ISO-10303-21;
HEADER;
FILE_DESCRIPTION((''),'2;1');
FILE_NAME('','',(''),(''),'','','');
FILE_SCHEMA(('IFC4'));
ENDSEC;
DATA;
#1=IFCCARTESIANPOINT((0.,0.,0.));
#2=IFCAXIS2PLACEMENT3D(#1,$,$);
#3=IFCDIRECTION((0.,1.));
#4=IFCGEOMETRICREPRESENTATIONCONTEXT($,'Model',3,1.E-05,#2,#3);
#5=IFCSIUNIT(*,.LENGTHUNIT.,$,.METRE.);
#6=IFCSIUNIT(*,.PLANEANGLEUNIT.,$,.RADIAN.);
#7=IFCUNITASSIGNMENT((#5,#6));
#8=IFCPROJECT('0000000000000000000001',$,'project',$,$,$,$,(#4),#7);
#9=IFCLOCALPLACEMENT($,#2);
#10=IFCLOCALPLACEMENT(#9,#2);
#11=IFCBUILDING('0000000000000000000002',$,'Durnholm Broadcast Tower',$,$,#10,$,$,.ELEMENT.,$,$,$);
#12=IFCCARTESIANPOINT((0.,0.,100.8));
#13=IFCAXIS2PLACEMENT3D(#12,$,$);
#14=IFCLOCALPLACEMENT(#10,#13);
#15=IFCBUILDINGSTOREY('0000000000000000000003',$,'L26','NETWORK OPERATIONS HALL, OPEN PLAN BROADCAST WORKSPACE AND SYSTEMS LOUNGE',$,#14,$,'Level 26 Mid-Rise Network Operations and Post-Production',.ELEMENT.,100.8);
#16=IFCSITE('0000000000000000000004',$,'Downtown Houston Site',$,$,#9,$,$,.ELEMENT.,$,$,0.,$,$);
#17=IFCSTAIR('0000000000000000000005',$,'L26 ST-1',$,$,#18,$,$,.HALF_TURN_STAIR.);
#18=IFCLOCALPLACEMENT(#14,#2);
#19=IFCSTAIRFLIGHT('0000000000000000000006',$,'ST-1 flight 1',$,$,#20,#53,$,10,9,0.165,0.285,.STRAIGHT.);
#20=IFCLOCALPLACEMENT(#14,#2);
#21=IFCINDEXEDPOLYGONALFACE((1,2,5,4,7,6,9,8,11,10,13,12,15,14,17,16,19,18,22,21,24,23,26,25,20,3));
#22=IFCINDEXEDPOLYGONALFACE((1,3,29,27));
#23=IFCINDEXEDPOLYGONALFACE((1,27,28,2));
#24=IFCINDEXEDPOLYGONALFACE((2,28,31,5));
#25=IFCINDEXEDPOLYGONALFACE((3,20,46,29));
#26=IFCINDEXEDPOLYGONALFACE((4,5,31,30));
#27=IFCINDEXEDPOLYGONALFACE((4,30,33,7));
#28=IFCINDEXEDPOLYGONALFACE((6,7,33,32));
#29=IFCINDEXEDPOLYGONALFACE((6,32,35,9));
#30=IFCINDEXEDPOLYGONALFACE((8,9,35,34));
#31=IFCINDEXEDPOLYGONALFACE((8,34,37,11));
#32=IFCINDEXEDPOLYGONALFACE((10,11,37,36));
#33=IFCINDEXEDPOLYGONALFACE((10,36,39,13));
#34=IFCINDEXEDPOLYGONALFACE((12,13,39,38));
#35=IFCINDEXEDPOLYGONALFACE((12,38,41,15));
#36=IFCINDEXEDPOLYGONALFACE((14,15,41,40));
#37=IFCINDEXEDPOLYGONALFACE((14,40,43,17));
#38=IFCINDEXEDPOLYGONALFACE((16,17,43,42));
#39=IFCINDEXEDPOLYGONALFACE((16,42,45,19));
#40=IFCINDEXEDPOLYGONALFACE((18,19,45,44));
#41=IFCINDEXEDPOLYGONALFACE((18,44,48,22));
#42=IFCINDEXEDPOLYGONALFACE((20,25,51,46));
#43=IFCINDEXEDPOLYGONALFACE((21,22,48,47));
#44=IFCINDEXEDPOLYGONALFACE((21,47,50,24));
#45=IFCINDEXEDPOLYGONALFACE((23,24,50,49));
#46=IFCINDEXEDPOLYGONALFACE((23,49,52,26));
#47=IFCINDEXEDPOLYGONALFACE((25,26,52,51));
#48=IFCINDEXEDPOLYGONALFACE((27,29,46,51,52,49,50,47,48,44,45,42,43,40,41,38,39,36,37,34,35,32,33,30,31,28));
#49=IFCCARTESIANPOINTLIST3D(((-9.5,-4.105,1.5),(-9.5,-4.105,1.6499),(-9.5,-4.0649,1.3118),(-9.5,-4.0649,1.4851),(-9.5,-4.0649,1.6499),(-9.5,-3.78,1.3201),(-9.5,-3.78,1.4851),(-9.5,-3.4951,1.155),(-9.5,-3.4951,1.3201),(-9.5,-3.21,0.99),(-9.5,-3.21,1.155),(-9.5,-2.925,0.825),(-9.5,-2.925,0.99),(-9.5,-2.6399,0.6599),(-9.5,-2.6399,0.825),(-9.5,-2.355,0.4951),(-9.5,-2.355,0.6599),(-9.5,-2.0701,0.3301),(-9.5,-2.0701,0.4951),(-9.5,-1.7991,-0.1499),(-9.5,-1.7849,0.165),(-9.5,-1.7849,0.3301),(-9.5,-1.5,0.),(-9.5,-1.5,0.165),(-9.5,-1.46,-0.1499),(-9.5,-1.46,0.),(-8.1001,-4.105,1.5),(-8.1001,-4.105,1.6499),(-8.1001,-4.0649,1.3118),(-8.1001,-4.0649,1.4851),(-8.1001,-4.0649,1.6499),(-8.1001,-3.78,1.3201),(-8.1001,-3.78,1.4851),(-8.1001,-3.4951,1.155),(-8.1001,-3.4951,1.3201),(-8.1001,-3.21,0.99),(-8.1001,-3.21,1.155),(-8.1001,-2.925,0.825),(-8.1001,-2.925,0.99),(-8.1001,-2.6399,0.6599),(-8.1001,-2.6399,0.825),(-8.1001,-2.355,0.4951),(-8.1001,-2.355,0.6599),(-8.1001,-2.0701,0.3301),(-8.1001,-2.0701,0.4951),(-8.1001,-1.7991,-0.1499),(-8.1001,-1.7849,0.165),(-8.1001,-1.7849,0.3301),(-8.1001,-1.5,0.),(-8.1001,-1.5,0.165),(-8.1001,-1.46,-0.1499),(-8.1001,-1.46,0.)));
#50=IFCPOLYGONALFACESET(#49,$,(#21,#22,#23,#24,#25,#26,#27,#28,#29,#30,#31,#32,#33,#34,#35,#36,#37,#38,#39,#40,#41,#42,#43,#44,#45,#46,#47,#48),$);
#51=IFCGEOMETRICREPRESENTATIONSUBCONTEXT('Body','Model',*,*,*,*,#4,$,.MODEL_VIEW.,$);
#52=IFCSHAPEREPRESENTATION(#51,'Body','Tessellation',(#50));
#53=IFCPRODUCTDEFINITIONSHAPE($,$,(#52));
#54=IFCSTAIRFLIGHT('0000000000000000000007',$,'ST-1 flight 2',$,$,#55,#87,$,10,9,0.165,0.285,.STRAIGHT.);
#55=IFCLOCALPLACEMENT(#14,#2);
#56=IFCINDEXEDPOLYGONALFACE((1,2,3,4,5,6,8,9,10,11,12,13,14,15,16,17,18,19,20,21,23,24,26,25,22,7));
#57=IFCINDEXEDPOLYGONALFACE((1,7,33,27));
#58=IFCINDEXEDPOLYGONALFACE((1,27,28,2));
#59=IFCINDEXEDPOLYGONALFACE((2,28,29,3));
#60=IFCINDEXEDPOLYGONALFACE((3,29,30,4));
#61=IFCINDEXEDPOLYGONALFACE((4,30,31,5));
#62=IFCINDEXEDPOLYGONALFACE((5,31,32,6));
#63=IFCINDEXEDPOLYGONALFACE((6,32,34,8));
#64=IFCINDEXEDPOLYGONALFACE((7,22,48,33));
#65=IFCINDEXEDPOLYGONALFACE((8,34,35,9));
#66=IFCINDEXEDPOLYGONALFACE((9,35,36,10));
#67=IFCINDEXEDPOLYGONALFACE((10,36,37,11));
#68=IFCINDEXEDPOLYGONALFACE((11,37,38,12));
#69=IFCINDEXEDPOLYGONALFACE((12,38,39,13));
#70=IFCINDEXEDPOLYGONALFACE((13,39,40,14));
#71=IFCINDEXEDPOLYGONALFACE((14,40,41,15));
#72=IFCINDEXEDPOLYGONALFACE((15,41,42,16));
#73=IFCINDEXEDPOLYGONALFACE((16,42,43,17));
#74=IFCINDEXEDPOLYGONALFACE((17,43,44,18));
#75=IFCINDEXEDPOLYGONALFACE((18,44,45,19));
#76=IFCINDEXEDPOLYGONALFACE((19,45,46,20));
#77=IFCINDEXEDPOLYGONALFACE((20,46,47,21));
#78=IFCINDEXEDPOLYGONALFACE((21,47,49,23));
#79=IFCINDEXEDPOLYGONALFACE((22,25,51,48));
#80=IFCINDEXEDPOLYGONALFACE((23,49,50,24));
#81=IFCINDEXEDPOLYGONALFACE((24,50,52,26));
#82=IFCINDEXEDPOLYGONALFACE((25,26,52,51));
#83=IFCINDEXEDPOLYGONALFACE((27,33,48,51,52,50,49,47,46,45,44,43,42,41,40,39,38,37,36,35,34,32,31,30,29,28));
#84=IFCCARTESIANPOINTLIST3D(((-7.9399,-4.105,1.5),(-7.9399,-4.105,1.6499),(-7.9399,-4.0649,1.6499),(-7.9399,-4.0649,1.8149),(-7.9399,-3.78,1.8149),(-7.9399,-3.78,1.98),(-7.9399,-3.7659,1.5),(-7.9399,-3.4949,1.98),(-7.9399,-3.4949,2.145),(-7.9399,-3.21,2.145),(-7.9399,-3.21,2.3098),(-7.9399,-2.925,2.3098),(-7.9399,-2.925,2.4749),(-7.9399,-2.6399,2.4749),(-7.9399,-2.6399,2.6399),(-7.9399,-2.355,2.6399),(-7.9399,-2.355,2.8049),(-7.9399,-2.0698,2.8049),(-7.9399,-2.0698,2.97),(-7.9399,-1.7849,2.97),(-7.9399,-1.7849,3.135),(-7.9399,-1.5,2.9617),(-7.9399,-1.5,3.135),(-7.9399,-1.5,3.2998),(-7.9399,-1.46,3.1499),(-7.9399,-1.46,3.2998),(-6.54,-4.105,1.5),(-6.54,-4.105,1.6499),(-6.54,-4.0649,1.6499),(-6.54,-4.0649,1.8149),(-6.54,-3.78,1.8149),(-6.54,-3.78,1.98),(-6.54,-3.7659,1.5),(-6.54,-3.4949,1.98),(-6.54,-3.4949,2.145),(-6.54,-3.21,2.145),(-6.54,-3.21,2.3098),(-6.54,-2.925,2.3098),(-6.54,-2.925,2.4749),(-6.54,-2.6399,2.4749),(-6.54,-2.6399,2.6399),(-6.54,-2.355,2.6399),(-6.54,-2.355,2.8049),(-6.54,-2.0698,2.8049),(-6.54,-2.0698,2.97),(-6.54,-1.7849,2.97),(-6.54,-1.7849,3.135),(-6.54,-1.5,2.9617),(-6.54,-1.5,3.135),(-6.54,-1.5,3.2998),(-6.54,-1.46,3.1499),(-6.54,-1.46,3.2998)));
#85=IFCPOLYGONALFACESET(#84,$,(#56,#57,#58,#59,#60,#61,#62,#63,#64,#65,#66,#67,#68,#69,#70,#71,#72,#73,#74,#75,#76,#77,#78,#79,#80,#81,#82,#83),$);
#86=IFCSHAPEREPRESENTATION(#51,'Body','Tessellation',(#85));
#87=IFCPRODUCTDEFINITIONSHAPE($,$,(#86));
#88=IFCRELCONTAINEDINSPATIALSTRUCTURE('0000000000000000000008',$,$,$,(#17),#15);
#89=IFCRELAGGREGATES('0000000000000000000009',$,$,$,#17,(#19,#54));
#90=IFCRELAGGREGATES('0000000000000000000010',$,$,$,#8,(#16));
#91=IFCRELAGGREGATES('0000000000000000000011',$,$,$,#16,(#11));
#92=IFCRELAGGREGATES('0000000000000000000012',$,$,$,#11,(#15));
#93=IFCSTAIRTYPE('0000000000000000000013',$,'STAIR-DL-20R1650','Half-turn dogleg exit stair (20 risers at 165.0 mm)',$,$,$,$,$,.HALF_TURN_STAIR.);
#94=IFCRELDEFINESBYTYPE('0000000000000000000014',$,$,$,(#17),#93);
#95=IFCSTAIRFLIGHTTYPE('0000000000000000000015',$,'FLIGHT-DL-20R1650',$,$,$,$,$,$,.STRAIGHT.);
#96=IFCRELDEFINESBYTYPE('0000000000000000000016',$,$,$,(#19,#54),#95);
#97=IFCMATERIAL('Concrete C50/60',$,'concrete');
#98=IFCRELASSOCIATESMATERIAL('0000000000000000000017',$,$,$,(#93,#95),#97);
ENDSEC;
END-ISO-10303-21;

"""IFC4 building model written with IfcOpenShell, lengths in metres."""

from ifc_helpers import new_model, si_unit, direction, frame, origin, place, context, subcontext, project, spatial, polyline, outline, extrude, material, type_object, element, aggregate, save


model = new_model("IFC4")

# Units and contexts
model_context = context("Model", 3, precision=1e-05, world=origin(), true_north=direction((0.0, 1.0)))
body_context = subcontext(model_context, "Body", "Model", "MODEL_VIEW")
ifc_project = project(units=[si_unit("LENGTHUNIT", "METRE"), si_unit("PLANEANGLEUNIT", "RADIAN")], contexts=[model_context])

# Site, building, storey
site_placement = place(None, origin())
site = spatial("IfcSite", under=ifc_project, at=site_placement, Name="Downtown Houston Site", CompositionType="ELEMENT", RefElevation=0.0)
building_placement = place(site_placement, origin())
building = spatial("IfcBuilding", under=site, at=building_placement, Name="Durnholm Broadcast Tower", CompositionType="ELEMENT")
storey_placement = place(building_placement, frame((0.0, 0.0, 100.8)))
storey = spatial("IfcBuildingStorey", under=building, at=storey_placement, Name="L26", Description="NETWORK OPERATIONS HALL, OPEN PLAN BROADCAST WORKSPACE AND SYSTEMS LOUNGE", LongName="Level 26 Mid-Rise Network Operations and Post-Production", CompositionType="ELEMENT", Elevation=100.8)

# Shared definitions
ifc_material_1 = material(Name="Concrete C50/60", Category="concrete")

# Stair
stair_type = type_object("IfcStairType", Name="STAIR-DL-20R1650", Description="Half-turn dogleg exit stair (20 risers at 165.0 mm)", PredefinedType="HALF_TURN_STAIR", material=ifc_material_1)
stair_1_placement = place(storey_placement, origin())
stair_1 = element("IfcStair", 1, at=stair_1_placement, inside=storey, type_object=stair_type, Name="L26 ST-1", PredefinedType="HALF_TURN_STAIR")

# Stair flights
stair_flight_type = type_object("IfcStairFlightType", Name="FLIGHT-DL-20R1650", PredefinedType="STRAIGHT", material=ifc_material_1)
stair_flight_1_placement = place(storey_placement, frame((-8.8, -1.5, 0.0), z_axis=(0.0, 0.0, 1.0), x_axis=(0.0, -1.0, 0.0)))
stair_flight_1 = element("IfcStairFlight", 2, at=stair_flight_1_placement, type_object=stair_flight_type, Name="ST-1 flight 1", NumberOfRisers=10, NumberOfTreads=9, PredefinedType="STRAIGHT", RiserHeight=0.165, TreadLength=0.285, context=body_context, shape_type="SweptSolid", body=[
    extrude(outline(polyline([(-0.04, -0.1499), (-0.04, 0.0), (0.0, 0.0), (0.0, 0.165), (0.2849, 0.165), (0.2849, 0.3301), (0.5701, 0.3301), (0.5701, 0.4951), (0.855, 0.4951), (0.855, 0.6599), (1.1399, 0.6599), (1.1399, 0.825), (1.425, 0.825), (1.425, 0.99), (1.71, 0.99), (1.71, 1.155), (1.9951, 1.155), (1.9951, 1.3201), (2.28, 1.3201), (2.28, 1.4851), (2.5649, 1.4851), (2.5649, 1.6499), (2.605, 1.6499), (2.605, 1.5), (2.5649, 1.3118), (0.2991, -0.1499), (-0.04, -0.1499)])), frame((0.0, 0.7, 0.0), z_axis=(0.0, -1.0, 0.0), x_axis=(1.0, 0.0, 0.0)), (0.0, 0.0, 1.0), 1.3999),
])
stair_flight_2_placement = place(storey_placement, frame((-7.24, -4.0649, 1.6499), z_axis=(0.0, 0.0, 1.0), x_axis=(0.0, 1.0, 0.0)))
stair_flight_2 = element("IfcStairFlight", 3, at=stair_flight_2_placement, type_object=stair_flight_type, Name="ST-1 flight 2", NumberOfRisers=10, NumberOfTreads=9, PredefinedType="STRAIGHT", RiserHeight=0.165, TreadLength=0.285, context=body_context, shape_type="SweptSolid", body=[
    extrude(outline(polyline([(-0.04, -0.1499), (-0.04, 0.0), (0.0, 0.0), (0.0, 0.165), (0.2849, 0.165), (0.2849, 0.3301), (0.5701, 0.3301), (0.5701, 0.4951), (0.855, 0.4951), (0.855, 0.6599), (1.1399, 0.6599), (1.1399, 0.825), (1.425, 0.825), (1.425, 0.99), (1.71, 0.99), (1.71, 1.155), (1.9951, 1.155), (1.9951, 1.3201), (2.28, 1.3201), (2.28, 1.4851), (2.5649, 1.4851), (2.5649, 1.6499), (2.605, 1.6499), (2.605, 1.5), (2.5649, 1.3118), (0.2991, -0.1499), (-0.04, -0.1499)])), frame((0.0, 0.7, 0.0), z_axis=(0.0, -1.0, 0.0), x_axis=(1.0, 0.0, 0.0)), (0.0, 0.0, 1.0), 1.3999),
])
aggregate(stair_1, [stair_flight_1, stair_flight_2])

save(model, "model.ifc")
